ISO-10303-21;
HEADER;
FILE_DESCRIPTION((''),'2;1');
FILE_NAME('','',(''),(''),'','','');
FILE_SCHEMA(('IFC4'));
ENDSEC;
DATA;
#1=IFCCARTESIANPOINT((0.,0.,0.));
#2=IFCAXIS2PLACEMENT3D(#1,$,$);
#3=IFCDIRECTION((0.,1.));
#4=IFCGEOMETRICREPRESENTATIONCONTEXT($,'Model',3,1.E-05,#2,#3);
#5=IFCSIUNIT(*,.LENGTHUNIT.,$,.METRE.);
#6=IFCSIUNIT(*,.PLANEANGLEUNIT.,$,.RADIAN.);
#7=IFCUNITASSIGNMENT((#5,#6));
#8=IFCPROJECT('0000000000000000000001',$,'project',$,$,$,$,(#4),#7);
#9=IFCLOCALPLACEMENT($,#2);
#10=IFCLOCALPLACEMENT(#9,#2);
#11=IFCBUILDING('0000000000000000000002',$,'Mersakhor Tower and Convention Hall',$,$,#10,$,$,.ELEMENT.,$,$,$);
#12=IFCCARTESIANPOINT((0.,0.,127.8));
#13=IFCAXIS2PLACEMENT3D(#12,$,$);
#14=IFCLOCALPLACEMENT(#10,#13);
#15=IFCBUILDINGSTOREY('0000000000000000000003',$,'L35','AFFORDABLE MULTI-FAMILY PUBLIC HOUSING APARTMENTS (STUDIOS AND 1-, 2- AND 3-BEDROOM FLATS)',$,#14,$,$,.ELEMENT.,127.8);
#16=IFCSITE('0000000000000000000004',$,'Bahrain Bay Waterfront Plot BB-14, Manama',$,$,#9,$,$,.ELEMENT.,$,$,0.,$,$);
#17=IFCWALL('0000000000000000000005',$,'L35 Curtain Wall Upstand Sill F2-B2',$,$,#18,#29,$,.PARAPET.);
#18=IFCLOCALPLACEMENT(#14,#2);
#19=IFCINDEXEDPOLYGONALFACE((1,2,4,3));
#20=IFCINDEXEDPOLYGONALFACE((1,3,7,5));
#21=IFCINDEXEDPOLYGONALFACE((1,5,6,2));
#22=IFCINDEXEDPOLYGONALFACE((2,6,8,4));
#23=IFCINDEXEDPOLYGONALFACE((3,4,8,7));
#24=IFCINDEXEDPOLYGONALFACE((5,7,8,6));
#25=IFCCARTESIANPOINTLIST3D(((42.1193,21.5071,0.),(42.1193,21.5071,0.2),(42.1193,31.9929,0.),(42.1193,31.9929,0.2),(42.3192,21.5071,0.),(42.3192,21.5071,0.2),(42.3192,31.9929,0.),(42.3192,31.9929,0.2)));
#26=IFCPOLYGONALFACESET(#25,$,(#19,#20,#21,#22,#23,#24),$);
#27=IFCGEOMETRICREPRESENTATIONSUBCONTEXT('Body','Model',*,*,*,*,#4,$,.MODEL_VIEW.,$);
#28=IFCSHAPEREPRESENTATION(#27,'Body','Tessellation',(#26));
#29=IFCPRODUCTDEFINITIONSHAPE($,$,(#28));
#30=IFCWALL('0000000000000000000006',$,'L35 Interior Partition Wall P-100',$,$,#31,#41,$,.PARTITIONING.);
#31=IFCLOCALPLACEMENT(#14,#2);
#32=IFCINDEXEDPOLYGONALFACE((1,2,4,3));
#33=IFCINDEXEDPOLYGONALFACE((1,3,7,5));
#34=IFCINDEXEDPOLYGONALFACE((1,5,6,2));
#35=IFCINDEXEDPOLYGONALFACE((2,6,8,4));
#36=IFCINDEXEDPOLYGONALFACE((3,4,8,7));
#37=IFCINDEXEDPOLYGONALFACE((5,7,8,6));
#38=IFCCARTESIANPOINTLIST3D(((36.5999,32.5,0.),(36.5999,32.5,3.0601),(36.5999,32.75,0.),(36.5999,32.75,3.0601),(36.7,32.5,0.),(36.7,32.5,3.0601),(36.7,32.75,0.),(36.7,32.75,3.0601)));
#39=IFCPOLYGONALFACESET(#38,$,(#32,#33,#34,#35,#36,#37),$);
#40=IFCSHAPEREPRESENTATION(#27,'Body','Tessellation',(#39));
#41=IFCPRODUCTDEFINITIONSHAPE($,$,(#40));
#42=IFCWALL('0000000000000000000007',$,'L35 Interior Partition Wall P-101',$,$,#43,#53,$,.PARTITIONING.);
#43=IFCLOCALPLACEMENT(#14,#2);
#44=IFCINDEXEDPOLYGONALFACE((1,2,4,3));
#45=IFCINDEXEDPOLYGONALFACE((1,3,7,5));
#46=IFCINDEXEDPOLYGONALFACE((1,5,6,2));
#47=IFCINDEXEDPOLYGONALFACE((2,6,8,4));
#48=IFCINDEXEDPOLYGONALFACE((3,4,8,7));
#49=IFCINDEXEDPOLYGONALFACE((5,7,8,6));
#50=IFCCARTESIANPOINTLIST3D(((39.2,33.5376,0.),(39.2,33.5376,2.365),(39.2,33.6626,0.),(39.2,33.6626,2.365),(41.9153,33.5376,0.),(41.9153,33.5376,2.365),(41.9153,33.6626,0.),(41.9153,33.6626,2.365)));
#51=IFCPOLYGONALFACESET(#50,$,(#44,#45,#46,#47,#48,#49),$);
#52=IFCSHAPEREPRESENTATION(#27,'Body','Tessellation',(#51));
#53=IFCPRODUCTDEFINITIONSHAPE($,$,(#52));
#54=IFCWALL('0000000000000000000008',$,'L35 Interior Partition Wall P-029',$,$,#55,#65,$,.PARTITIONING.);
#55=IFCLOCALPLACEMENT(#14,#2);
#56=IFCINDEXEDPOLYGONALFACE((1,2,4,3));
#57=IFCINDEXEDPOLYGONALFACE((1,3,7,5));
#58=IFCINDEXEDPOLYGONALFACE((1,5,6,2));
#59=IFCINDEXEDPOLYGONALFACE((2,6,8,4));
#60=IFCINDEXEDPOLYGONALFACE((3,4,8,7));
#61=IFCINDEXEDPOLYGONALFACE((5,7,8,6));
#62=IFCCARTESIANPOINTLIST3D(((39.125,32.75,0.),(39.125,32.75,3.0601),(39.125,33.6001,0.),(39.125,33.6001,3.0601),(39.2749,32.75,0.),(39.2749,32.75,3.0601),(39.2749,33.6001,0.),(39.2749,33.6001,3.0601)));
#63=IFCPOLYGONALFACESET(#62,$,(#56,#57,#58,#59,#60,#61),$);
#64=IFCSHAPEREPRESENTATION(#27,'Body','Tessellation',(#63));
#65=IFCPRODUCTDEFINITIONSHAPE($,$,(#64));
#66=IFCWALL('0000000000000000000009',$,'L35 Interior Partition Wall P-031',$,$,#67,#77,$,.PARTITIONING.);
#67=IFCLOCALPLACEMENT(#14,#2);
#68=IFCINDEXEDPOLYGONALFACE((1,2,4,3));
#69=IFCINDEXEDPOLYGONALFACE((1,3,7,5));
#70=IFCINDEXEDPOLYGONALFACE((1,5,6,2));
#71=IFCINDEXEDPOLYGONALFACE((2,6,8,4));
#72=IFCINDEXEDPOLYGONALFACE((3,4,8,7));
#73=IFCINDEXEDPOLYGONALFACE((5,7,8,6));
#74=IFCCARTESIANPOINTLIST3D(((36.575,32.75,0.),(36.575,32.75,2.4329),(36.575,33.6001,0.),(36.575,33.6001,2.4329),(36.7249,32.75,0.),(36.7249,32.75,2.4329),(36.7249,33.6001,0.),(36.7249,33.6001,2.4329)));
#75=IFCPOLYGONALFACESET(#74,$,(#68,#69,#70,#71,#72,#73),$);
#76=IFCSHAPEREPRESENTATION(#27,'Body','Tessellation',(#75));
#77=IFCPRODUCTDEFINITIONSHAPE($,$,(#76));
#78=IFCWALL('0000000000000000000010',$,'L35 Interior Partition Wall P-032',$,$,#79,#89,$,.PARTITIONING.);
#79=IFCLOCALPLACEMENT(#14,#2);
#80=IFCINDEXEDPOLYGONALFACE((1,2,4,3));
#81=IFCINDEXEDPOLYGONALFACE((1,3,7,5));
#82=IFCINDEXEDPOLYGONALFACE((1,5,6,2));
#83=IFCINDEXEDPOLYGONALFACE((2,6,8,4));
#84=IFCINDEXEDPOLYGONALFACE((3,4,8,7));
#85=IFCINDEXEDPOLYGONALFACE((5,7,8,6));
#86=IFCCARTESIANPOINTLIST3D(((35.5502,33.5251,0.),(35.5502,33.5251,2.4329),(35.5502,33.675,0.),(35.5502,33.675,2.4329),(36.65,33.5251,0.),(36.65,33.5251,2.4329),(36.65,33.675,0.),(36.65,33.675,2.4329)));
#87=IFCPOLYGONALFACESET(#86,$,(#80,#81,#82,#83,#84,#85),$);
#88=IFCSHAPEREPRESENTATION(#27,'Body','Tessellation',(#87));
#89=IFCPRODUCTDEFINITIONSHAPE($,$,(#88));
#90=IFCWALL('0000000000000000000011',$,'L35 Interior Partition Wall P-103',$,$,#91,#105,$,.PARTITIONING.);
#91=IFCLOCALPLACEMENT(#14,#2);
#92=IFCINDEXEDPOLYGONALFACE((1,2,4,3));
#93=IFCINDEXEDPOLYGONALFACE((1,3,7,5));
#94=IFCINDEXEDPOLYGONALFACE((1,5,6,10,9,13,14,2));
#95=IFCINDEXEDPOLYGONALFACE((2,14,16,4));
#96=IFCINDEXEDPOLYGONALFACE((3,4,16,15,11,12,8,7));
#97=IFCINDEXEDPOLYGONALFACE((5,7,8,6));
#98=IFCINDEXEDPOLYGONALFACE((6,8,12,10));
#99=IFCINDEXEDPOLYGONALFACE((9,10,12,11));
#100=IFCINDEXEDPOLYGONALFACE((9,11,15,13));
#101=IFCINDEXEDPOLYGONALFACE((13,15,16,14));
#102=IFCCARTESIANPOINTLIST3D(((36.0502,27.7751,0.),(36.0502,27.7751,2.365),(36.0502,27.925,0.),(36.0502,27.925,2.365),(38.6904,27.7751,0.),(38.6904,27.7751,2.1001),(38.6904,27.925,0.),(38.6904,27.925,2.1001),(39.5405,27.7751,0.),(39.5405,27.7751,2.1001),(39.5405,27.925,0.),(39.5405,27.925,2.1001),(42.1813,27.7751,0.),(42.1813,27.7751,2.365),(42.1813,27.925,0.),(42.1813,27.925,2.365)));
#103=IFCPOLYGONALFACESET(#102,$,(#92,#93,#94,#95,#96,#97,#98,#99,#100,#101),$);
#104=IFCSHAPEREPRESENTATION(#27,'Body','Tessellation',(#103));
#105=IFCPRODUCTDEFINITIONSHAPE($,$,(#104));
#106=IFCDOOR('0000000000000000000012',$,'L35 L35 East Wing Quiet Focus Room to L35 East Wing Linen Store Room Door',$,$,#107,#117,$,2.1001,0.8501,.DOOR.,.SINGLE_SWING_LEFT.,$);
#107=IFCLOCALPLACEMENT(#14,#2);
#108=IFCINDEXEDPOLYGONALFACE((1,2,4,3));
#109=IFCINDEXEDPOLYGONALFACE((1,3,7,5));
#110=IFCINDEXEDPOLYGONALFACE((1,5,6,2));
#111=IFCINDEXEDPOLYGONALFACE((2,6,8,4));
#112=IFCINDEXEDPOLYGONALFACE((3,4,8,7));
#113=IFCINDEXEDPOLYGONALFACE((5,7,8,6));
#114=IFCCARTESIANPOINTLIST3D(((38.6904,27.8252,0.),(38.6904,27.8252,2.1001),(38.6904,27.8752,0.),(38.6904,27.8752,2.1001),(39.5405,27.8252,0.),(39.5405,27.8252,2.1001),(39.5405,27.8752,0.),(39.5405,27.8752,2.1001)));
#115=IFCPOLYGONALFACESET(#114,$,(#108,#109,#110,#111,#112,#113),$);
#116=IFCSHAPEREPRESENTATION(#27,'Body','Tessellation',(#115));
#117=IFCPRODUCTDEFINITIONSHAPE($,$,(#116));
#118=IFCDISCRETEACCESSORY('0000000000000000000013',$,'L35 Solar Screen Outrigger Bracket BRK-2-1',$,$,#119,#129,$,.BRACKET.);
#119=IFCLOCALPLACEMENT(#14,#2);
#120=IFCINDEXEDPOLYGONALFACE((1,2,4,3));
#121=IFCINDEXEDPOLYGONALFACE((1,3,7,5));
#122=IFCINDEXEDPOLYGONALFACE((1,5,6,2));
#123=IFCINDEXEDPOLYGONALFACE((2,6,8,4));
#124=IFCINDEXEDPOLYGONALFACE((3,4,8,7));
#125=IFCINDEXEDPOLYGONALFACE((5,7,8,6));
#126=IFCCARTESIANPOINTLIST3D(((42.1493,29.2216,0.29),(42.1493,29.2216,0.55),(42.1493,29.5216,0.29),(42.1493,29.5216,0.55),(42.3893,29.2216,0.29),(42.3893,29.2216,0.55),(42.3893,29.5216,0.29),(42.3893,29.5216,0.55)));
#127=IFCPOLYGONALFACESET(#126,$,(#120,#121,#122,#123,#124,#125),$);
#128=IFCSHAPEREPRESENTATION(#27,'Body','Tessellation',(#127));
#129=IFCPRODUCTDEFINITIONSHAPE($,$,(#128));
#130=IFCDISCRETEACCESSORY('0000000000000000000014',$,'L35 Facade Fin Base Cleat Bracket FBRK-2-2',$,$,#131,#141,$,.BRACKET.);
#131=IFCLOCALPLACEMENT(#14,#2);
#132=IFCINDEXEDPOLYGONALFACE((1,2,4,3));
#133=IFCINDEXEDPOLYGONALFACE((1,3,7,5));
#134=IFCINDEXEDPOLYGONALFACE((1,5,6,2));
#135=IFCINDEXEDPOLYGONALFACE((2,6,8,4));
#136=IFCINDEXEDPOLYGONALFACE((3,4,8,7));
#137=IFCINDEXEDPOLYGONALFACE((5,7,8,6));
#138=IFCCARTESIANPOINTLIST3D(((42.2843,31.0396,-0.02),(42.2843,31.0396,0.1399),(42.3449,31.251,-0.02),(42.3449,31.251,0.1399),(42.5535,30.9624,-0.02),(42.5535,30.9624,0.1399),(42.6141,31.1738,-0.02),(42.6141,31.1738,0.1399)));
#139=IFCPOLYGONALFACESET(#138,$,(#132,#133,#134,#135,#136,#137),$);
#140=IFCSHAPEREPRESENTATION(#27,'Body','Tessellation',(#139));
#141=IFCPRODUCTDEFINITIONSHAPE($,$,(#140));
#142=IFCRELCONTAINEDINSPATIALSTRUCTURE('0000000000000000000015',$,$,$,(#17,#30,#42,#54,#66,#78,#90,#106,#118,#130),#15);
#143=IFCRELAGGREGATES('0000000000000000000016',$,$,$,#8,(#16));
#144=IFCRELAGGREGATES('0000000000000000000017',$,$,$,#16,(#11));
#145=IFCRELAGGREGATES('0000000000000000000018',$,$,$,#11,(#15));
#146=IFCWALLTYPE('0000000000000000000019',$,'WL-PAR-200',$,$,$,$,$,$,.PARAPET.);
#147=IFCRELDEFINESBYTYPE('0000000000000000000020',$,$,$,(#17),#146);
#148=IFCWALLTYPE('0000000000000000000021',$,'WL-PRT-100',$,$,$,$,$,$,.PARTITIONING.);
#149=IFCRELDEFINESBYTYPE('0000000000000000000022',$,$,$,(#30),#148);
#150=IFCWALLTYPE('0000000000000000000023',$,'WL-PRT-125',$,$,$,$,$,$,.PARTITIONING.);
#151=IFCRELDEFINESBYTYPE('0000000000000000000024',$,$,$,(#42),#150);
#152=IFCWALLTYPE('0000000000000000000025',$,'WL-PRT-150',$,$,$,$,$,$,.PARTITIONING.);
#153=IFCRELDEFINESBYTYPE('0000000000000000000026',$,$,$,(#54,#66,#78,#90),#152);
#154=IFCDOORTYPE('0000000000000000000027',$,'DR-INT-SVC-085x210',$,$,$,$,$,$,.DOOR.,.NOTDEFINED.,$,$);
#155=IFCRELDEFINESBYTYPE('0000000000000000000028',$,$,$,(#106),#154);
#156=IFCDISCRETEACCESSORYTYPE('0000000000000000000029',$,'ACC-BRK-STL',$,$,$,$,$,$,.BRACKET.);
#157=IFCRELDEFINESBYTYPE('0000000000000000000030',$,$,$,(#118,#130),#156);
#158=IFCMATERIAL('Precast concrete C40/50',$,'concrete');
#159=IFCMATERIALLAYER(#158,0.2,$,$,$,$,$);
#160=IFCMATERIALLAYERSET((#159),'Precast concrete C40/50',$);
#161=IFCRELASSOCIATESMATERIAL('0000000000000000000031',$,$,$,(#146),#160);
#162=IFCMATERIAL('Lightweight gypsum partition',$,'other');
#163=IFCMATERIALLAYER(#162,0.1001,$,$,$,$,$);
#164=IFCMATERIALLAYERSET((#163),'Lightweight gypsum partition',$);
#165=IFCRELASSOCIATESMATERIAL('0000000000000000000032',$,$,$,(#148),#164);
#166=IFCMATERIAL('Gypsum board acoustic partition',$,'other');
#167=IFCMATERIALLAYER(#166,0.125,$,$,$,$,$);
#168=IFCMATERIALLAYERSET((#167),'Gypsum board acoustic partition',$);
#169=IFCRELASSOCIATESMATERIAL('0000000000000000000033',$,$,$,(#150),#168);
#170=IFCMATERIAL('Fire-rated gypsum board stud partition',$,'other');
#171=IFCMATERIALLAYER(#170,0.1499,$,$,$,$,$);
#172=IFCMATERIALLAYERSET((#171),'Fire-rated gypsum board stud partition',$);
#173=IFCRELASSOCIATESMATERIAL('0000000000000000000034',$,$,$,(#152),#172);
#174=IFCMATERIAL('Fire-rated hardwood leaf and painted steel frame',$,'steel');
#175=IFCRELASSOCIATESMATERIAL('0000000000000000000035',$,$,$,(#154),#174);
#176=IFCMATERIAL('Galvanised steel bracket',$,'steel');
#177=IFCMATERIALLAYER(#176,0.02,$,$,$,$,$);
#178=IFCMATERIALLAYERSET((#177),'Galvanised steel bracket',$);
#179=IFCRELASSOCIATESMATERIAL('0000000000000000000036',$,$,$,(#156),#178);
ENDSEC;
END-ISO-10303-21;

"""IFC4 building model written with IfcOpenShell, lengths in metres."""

from ifc_helpers import new_model, si_unit, direction, frame, frame_2d, origin, origin_2d, place, context, subcontext, project, spatial, rectangle, extrude, material, layer, layer_set, type_object, element, fill, save


model = new_model("IFC4")

# Units and contexts
model_context = context("Model", 3, precision=1e-05, world=origin(), true_north=direction((0.0, 1.0)))
body_context = subcontext(model_context, "Body", "Model", "MODEL_VIEW")
ifc_project = project(units=[si_unit("LENGTHUNIT", "METRE"), si_unit("PLANEANGLEUNIT", "RADIAN")], contexts=[model_context])

# Site, building, storey
site_placement = place(None, origin())
site = spatial("IfcSite", under=ifc_project, at=site_placement, Name="Bahrain Bay Waterfront Plot BB-14, Manama", CompositionType="ELEMENT", RefElevation=0.0)
building_placement = place(site_placement, origin())
building = spatial("IfcBuilding", under=site, at=building_placement, Name="Mersakhor Tower and Convention Hall", CompositionType="ELEMENT")
storey_placement = place(building_placement, frame((0.0, 0.0, 127.8)))
storey = spatial("IfcBuildingStorey", under=building, at=storey_placement, Name="L35", Description="AFFORDABLE MULTI-FAMILY PUBLIC HOUSING APARTMENTS (STUDIOS AND 1-, 2- AND 3-BEDROOM FLATS)", CompositionType="ELEMENT", Elevation=127.8)

# Walls
ifc_material_1 = material(Name="Precast concrete C40/50", Category="concrete")
ifc_layer_1 = layer(ifc_material_1, 0.2)
ifc_layer_set_1 = layer_set([ifc_layer_1], Name="Precast concrete C40/50")
wall_type_1 = type_object("IfcWallType", Name="WL-PAR-200", PredefinedType="PARAPET", material=ifc_layer_set_1)
wall_1_placement = place(storey_placement, frame((42.2192, 31.9929, 0.0), z_axis=(0.0, 0.0, 1.0), x_axis=(0.0, -1.0, 0.0)))
element("IfcWall", 1, at=wall_1_placement, inside=storey, type_object=wall_type_1, Name="L35 Curtain Wall Upstand Sill F2-B2", PredefinedType="PARAPET", context=body_context, shape_type="SweptSolid", body=[
    extrude(rectangle(XDim=10.4858, YDim=0.2, at=frame_2d((5.2429, 0.0))), origin(), (0.0, 0.0, 1.0), 0.2),
])
ifc_material_2 = material(Name="Lightweight gypsum partition", Category="other")
ifc_layer_2 = layer(ifc_material_2, 0.1001)
ifc_layer_set_2 = layer_set([ifc_layer_2], Name="Lightweight gypsum partition")
wall_type_2 = type_object("IfcWallType", Name="WL-PRT-100", PredefinedType="PARTITIONING", material=ifc_layer_set_2)
wall_2_placement = place(storey_placement, frame((36.6499, 32.5, 0.0), z_axis=(0.0, 0.0, 1.0), x_axis=(0.0, 1.0, 0.0)))
element("IfcWall", 2, at=wall_2_placement, inside=storey, type_object=wall_type_2, Name="L35 Interior Partition Wall P-100", PredefinedType="PARTITIONING", context=body_context, shape_type="SweptSolid", body=[
    extrude(rectangle(XDim=0.25, YDim=0.1001, at=frame_2d((0.125, 0.0))), origin(), (0.0, 0.0, 1.0), 3.0601),
])
ifc_material_3 = material(Name="Gypsum board acoustic partition", Category="other")
ifc_layer_3 = layer(ifc_material_3, 0.125)
ifc_layer_set_3 = layer_set([ifc_layer_3], Name="Gypsum board acoustic partition")
wall_type_3 = type_object("IfcWallType", Name="WL-PRT-125", PredefinedType="PARTITIONING", material=ifc_layer_set_3)
wall_3_placement = place(storey_placement, frame((39.2, 33.6001, 0.0), z_axis=(0.0, 0.0, 1.0), x_axis=(1.0, 0.0, 0.0)))
element("IfcWall", 3, at=wall_3_placement, inside=storey, type_object=wall_type_3, Name="L35 Interior Partition Wall P-101", PredefinedType="PARTITIONING", context=body_context, shape_type="SweptSolid", body=[
    extrude(rectangle(XDim=2.7153, YDim=0.125, at=frame_2d((1.3577, 0.0))), origin(), (0.0, 0.0, 1.0), 2.365),
])
ifc_material_4 = material(Name="Fire-rated gypsum board stud partition", Category="other")
ifc_layer_4 = layer(ifc_material_4, 0.1499)
ifc_layer_set_4 = layer_set([ifc_layer_4], Name="Fire-rated gypsum board stud partition")
wall_type_4 = type_object("IfcWallType", Name="WL-PRT-150", PredefinedType="PARTITIONING", material=ifc_layer_set_4)
wall_4_placement = place(storey_placement, frame((39.2, 33.6001, 0.0), z_axis=(0.0, 0.0, 1.0), x_axis=(0.0, -1.0, 0.0)))
element("IfcWall", 4, at=wall_4_placement, inside=storey, type_object=wall_type_4, Name="L35 Interior Partition Wall P-029", PredefinedType="PARTITIONING", context=body_context, shape_type="SweptSolid", body=[
    extrude(rectangle(XDim=0.8501, YDim=0.1499, at=frame_2d((0.425, 0.0))), origin(), (0.0, 0.0, 1.0), 3.0601),
])

# Walls
wall_5_placement = place(storey_placement, frame((36.6499, 32.75, 0.0), z_axis=(0.0, 0.0, 1.0), x_axis=(0.0, 1.0, 0.0)))
element("IfcWall", 5, at=wall_5_placement, inside=storey, type_object=wall_type_4, Name="L35 Interior Partition Wall P-031", PredefinedType="PARTITIONING", context=body_context, shape_type="SweptSolid", body=[
    extrude(rectangle(XDim=0.8501, YDim=0.1499, at=frame_2d((0.425, 0.0))), origin(), (0.0, 0.0, 1.0), 2.4329),
])
wall_6_placement = place(storey_placement, frame((36.6499, 33.6001, 0.0), z_axis=(0.0, 0.0, 1.0), x_axis=(-1.0, 0.0, 0.0)))
element("IfcWall", 6, at=wall_6_placement, inside=storey, type_object=wall_type_4, Name="L35 Interior Partition Wall P-032", PredefinedType="PARTITIONING", context=body_context, shape_type="SweptSolid", body=[
    extrude(rectangle(XDim=1.0999, YDim=0.1499, at=frame_2d((0.5498, 0.0))), origin(), (0.0, 0.0, 1.0), 2.4329),
])

# Wall, opening, door
wall_7_placement = place(storey_placement, frame((42.1812, 27.8501, 0.0), z_axis=(0.0, 0.0, 1.0), x_axis=(-1.0, 0.0, 0.0)))
wall_7 = element("IfcWall", 7, at=wall_7_placement, inside=storey, type_object=wall_type_4, Name="L35 Interior Partition Wall P-103", PredefinedType="PARTITIONING", context=body_context, shape_type="SweptSolid", body=[
    extrude(rectangle(XDim=6.1311, YDim=0.1499, at=frame_2d((3.0654, 0.0))), origin(), (0.0, 0.0, 1.0), 2.365),
])
opening_1_placement = place(wall_7_placement, frame((2.6406, 0.0, 0.0)))
opening_1 = element("IfcOpeningElement", 8, at=opening_1_placement, cuts=wall_7, PredefinedType="OPENING", context=body_context, shape_type="SweptSolid", body=[
    extrude(rectangle(XDim=0.8501, YDim=2.1001, at=frame_2d((0.425, 1.05))), frame((0.0, 0.085, 0.0), z_axis=(0.0, -1.0, 0.0), x_axis=(1.0, 0.0, 0.0)), (0.0, 0.0, 1.0), 0.1699),
])
ifc_material_5 = material(Name="Fire-rated hardwood leaf and painted steel frame", Category="steel")
door_type_1 = type_object("IfcDoorType", Name="DR-INT-SVC-085x210", OperationType="NOTDEFINED", PredefinedType="DOOR", material=ifc_material_5)
door_1_placement = place(opening_1_placement, origin())
door_1 = element("IfcDoor", 9, at=door_1_placement, inside=storey, type_object=door_type_1, Name="L35 L35 East Wing Quiet Focus Room to L35 East Wing Linen Store Room Door", OperationType="SINGLE_SWING_LEFT", OverallHeight=2.1001, OverallWidth=0.8501, PredefinedType="DOOR", context=body_context, shape_type="SweptSolid", body=[
    extrude(rectangle(XDim=0.8501, YDim=2.1001, at=frame_2d((0.425, 1.05))), frame((0.0, 0.0249, 0.0), z_axis=(0.0, -1.0, 0.0), x_axis=(1.0, 0.0, 0.0)), (0.0, 0.0, 1.0), 0.05),
])
fill(opening_1, door_1)

# Discrete accessories
ifc_material_6 = material(Name="Galvanised steel bracket", Category="steel")
ifc_layer_5 = layer(ifc_material_6, 0.02)
ifc_layer_set_5 = layer_set([ifc_layer_5], Name="Galvanised steel bracket")
discrete_accessory_type = type_object("IfcDiscreteAccessoryType", Name="ACC-BRK-STL", PredefinedType="BRACKET", material=ifc_layer_set_5)
discrete_accessory_1_placement = place(storey_placement, frame((42.2693, 29.3716, 0.29), z_axis=(0.0, 0.0, 1.0), x_axis=(0.0, -1.0, 0.0)))
element("IfcDiscreteAccessory", 10, at=discrete_accessory_1_placement, inside=storey, type_object=discrete_accessory_type, Name="L35 Solar Screen Outrigger Bracket BRK-2-1", PredefinedType="BRACKET", context=body_context, shape_type="SweptSolid", body=[
    extrude(rectangle(XDim=0.3, YDim=0.24, at=origin_2d()), origin(), (0.0, 0.0, 1.0), 0.26),
])
discrete_accessory_2_placement = place(storey_placement, frame((42.4492, 31.1067, -0.02), z_axis=(0.0, 0.0, 1.0), x_axis=(0.961262, -0.275637, 0.0)))
element("IfcDiscreteAccessory", 11, at=discrete_accessory_2_placement, inside=storey, type_object=discrete_accessory_type, Name="L35 Facade Fin Base Cleat Bracket FBRK-2-2", PredefinedType="BRACKET", context=body_context, shape_type="SweptSolid", body=[
    extrude(rectangle(XDim=0.28, YDim=0.22, at=origin_2d()), origin(), (0.0, 0.0, 1.0), 0.1599),
])

save(model, "model.ifc")
